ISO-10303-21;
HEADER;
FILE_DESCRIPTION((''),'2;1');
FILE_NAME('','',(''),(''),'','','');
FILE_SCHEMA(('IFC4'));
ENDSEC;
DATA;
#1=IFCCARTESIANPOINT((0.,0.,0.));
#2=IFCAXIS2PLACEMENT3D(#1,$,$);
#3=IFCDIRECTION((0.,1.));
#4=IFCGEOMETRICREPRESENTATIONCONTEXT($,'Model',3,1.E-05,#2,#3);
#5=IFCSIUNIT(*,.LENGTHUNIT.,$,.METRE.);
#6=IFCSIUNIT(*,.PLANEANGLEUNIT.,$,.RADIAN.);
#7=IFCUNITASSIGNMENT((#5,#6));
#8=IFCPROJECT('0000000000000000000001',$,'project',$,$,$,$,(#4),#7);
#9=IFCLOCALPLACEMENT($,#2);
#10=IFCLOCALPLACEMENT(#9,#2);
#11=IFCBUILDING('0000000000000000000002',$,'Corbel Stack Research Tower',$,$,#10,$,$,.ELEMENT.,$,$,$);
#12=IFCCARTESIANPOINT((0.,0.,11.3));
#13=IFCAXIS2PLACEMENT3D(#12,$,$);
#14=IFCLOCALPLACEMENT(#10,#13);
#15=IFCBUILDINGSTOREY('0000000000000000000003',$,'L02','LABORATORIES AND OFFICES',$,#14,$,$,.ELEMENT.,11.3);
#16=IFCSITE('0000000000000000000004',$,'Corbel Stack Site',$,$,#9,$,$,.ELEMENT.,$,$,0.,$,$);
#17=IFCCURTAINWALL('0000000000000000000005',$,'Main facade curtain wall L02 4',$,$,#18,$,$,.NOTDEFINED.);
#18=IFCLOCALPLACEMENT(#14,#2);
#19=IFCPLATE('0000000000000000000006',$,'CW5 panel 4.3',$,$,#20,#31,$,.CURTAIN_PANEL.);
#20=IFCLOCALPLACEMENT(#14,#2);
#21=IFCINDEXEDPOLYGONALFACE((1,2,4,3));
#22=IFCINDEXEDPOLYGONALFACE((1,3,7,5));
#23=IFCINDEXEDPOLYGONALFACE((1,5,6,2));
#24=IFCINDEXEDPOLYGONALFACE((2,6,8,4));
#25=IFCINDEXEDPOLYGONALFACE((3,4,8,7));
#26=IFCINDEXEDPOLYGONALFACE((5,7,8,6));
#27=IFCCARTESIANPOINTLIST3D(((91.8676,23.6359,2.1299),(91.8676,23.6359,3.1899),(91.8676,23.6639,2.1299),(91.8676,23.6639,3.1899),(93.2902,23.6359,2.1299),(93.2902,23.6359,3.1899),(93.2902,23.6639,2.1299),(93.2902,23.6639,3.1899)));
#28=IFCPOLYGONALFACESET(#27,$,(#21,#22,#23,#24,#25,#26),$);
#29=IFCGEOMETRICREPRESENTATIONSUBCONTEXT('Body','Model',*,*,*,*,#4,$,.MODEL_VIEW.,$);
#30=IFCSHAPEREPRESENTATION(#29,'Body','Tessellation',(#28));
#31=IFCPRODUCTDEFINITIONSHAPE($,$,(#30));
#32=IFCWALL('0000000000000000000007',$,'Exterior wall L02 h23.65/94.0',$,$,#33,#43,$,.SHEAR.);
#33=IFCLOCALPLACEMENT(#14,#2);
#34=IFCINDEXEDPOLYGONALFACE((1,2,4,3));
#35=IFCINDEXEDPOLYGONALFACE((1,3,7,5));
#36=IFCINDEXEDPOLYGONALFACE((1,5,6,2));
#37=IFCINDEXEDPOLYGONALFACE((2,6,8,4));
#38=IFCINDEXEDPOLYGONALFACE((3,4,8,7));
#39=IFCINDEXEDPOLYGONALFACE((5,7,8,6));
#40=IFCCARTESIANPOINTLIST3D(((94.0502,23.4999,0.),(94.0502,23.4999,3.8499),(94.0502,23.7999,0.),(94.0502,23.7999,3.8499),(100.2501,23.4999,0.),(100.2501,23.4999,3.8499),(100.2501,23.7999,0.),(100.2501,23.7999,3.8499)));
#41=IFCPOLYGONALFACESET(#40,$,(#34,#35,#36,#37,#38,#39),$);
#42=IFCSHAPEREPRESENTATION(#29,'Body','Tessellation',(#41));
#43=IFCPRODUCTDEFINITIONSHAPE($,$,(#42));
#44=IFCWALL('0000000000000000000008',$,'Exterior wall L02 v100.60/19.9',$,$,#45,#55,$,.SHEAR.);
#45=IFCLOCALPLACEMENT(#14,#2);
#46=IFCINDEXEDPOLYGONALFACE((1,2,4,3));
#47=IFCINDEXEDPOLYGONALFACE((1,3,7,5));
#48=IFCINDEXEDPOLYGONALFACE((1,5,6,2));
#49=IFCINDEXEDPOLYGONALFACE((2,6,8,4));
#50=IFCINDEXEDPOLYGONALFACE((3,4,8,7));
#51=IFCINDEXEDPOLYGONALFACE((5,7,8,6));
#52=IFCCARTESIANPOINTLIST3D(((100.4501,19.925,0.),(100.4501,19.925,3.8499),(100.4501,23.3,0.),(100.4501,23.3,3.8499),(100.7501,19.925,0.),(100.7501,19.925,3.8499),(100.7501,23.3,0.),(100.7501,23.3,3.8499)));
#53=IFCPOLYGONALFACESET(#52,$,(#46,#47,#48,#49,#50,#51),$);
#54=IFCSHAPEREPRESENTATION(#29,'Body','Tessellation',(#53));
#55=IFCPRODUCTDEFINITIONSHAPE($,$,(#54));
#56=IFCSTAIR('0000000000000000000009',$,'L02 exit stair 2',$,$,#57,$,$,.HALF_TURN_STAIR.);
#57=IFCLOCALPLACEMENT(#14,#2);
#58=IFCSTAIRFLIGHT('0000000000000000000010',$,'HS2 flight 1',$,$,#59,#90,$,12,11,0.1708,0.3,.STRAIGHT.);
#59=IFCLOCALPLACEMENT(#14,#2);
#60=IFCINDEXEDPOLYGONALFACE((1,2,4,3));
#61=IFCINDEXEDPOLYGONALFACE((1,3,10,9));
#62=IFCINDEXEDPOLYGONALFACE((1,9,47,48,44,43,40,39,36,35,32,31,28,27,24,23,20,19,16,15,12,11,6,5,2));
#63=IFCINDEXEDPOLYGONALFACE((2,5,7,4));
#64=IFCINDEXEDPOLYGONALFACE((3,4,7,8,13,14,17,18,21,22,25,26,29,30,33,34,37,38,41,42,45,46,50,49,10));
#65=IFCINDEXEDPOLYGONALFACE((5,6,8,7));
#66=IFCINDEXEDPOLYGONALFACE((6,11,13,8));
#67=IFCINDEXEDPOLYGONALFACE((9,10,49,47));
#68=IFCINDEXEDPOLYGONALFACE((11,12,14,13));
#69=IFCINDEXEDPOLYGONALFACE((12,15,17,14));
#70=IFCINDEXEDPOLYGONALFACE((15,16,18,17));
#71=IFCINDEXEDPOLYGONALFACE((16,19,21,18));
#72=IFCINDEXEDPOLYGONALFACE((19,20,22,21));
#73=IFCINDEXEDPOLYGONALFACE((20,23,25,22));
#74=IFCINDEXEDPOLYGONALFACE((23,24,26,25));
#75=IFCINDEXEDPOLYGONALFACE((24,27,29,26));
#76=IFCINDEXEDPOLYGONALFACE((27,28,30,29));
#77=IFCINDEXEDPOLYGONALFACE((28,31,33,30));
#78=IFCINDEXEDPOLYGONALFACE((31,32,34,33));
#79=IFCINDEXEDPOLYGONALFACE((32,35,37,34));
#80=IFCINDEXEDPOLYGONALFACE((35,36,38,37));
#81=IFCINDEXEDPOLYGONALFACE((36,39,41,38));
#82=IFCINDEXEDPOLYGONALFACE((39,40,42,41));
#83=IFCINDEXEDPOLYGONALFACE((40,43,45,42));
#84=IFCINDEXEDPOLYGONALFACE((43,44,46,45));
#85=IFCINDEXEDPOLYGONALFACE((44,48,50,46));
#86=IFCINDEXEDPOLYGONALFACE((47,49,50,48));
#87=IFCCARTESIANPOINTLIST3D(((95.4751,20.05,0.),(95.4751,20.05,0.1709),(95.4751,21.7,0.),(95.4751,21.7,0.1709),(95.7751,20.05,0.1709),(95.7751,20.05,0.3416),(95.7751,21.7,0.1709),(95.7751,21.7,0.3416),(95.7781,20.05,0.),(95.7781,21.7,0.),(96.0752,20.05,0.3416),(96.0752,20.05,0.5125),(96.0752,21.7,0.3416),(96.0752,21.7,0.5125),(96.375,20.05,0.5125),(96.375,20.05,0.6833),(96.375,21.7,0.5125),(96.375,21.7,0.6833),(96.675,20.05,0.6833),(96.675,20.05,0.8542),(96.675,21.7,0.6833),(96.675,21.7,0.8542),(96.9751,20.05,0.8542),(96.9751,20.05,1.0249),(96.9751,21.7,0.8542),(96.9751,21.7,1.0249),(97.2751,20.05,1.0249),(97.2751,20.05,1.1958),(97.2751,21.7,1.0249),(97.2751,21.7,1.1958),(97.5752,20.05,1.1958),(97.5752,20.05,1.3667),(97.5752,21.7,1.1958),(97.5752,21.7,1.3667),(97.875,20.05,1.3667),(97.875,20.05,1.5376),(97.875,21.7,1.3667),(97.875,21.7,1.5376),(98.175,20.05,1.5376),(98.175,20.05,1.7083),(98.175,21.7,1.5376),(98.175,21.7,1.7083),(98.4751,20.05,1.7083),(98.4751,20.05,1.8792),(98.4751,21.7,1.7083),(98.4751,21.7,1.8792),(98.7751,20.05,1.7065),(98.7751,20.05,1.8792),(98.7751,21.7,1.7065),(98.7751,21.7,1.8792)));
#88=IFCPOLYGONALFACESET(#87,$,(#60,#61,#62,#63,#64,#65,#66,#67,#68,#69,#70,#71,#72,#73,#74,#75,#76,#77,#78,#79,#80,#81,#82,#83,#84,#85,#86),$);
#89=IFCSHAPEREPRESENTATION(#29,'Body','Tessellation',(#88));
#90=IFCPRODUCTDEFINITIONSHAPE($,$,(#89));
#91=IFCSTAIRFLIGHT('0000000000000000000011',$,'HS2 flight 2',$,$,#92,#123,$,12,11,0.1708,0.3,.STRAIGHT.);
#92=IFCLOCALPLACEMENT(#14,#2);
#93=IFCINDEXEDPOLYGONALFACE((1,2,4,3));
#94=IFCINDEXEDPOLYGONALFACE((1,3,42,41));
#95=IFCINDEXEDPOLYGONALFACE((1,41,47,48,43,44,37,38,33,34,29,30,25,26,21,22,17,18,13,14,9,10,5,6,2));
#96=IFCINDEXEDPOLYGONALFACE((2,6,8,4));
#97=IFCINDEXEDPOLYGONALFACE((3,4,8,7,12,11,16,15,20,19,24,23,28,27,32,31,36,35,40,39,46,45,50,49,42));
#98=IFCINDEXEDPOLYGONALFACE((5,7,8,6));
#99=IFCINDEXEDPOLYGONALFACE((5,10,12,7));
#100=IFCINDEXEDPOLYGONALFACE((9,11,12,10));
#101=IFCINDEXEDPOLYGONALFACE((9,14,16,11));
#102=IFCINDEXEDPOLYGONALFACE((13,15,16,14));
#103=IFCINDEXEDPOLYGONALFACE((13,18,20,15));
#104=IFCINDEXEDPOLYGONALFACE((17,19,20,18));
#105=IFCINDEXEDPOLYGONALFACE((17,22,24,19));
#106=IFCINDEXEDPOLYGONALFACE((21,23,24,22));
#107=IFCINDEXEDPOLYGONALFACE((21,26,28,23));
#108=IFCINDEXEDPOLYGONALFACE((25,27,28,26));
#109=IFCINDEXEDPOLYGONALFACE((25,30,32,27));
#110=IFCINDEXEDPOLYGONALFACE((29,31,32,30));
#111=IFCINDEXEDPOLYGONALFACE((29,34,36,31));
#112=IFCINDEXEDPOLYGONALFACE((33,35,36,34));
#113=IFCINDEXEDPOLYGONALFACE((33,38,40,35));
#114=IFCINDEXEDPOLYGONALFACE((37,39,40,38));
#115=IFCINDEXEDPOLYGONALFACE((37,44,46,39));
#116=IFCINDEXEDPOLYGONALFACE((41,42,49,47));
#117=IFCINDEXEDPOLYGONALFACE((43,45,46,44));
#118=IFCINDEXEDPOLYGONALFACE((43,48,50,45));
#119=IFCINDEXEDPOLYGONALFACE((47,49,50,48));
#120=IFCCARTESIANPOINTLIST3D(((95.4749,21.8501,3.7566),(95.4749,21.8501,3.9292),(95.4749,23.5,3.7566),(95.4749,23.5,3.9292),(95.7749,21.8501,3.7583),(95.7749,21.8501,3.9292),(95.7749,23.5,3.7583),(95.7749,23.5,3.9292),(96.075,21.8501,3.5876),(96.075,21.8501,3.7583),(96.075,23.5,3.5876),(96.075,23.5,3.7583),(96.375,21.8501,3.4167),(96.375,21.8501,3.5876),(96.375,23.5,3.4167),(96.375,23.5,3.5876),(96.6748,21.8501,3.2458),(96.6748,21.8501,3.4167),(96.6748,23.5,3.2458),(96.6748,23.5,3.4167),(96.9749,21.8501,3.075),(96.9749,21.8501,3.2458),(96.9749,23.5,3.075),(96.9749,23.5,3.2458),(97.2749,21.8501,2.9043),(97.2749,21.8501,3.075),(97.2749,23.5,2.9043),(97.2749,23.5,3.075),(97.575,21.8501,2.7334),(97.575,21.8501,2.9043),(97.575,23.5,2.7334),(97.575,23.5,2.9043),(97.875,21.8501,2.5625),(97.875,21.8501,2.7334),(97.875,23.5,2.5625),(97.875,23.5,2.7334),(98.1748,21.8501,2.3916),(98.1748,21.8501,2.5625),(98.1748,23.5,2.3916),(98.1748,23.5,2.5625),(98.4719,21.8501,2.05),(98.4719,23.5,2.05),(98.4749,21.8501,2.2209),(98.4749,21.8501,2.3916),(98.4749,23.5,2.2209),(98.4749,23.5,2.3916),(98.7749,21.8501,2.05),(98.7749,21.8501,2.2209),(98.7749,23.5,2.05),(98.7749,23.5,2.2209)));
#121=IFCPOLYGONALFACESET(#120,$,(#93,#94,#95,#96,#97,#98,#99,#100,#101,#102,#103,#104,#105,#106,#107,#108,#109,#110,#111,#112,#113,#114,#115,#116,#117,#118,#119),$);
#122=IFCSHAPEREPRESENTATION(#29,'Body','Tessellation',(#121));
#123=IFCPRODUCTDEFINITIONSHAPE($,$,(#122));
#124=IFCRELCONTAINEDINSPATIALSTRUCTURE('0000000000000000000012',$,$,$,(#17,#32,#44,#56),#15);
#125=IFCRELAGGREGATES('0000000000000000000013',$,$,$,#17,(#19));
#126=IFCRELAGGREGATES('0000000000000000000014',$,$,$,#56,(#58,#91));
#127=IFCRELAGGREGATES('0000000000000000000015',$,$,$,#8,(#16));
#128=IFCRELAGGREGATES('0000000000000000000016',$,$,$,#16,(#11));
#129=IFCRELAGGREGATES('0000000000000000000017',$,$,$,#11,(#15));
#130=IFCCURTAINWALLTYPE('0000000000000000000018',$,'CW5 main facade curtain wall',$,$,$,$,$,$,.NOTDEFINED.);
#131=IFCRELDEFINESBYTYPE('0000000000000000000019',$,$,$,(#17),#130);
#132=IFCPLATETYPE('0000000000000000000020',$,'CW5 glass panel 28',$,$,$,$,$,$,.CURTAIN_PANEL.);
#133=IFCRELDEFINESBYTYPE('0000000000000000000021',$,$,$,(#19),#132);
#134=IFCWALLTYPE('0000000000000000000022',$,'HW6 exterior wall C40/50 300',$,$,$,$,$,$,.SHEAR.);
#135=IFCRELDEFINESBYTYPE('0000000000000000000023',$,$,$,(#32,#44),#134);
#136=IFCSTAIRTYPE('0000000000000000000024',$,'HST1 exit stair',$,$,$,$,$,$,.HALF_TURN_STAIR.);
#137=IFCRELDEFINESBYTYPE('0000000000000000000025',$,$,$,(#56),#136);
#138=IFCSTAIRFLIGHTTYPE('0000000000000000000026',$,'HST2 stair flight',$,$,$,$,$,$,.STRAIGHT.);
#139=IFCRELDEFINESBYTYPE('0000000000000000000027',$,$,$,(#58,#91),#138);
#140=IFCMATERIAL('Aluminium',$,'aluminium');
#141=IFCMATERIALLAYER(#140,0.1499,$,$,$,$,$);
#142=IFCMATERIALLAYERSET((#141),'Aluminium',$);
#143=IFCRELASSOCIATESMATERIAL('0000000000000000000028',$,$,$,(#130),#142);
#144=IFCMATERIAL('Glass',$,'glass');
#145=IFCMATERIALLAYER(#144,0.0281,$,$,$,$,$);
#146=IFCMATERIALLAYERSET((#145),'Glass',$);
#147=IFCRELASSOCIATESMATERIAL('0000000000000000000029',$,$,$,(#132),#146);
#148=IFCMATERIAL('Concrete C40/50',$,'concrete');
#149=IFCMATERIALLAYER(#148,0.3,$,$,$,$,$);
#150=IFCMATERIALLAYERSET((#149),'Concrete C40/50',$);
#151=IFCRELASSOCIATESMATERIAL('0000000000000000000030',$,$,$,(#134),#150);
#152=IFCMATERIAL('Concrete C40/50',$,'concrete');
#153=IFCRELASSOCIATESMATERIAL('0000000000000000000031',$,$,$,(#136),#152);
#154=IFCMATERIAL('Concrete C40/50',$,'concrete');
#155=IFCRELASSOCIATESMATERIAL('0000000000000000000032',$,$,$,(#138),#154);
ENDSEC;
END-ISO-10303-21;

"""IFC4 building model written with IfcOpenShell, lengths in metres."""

from ifc_helpers import new_model, si_unit, direction, frame, frame_2d, origin, origin_2d, place, context, subcontext, project, spatial, polyline, rectangle, outline, extrude, material, layer, layer_set, type_object, element, aggregate, save


model = new_model("IFC4")

# Units and contexts
model_context = context("Model", 3, precision=1e-05, world=origin(), true_north=direction((0.0, 1.0)))
body_context = subcontext(model_context, "Body", "Model", "MODEL_VIEW")
ifc_project = project(units=[si_unit("LENGTHUNIT", "METRE"), si_unit("PLANEANGLEUNIT", "RADIAN")], contexts=[model_context])

# Site, building, storey
site_placement = place(None, origin())
site = spatial("IfcSite", under=ifc_project, at=site_placement, Name="Corbel Stack Site", CompositionType="ELEMENT", RefElevation=0.0)
building_placement = place(site_placement, origin())
building = spatial("IfcBuilding", under=site, at=building_placement, Name="Corbel Stack Research Tower", CompositionType="ELEMENT")
storey_placement = place(building_placement, frame((0.0, 0.0, 11.3)))
storey = spatial("IfcBuildingStorey", under=building, at=storey_placement, Name="L02", Description="LABORATORIES AND OFFICES", CompositionType="ELEMENT", Elevation=11.3)

# Curtain wall, plate
ifc_material_1 = material(Name="Aluminium", Category="aluminium")
ifc_layer_1 = layer(ifc_material_1, 0.1499)
ifc_layer_set_1 = layer_set([ifc_layer_1], Name="Aluminium")
curtain_wall_type = type_object("IfcCurtainWallType", Name="CW5 main facade curtain wall", PredefinedType="NOTDEFINED", material=ifc_layer_set_1)
curtain_wall_placement = place(storey_placement, origin())
curtain_wall = element("IfcCurtainWall", 1, at=curtain_wall_placement, inside=storey, type_object=curtain_wall_type, Name="Main facade curtain wall L02 4", PredefinedType="NOTDEFINED")
ifc_material_2 = material(Name="Glass", Category="glass")
ifc_layer_2 = layer(ifc_material_2, 0.0281)
ifc_layer_set_2 = layer_set([ifc_layer_2], Name="Glass")
plate_type = type_object("IfcPlateType", Name="CW5 glass panel 28", PredefinedType="CURTAIN_PANEL", material=ifc_layer_set_2)
plate_1_placement = place(storey_placement, frame((92.5789, 23.6499, 2.1299), z_axis=(0.0, 0.0, 1.0), x_axis=(1.0, 0.0, 0.0)))
plate_1 = element("IfcPlate", 2, at=plate_1_placement, type_object=plate_type, Name="CW5 panel 4.3", PredefinedType="CURTAIN_PANEL", context=body_context, shape_type="SweptSolid", body=[
    extrude(rectangle(XDim=1.4226, YDim=0.0281, at=origin_2d()), origin(), (0.0, 0.0, 1.0), 1.0601),
])
aggregate(curtain_wall, [plate_1])

# Walls
ifc_material_3 = material(Name="Concrete C40/50", Category="concrete")
ifc_layer_3 = layer(ifc_material_3, 0.3)
ifc_layer_set_3 = layer_set([ifc_layer_3], Name="Concrete C40/50")
wall_type = type_object("IfcWallType", Name="HW6 exterior wall C40/50 300", PredefinedType="SHEAR", material=ifc_layer_set_3)
wall_1_placement = place(storey_placement, frame((94.05, 23.6499, 0.0), z_axis=(0.0, 0.0, 1.0), x_axis=(1.0, 0.0, 0.0)))
element("IfcWall", 3, at=wall_1_placement, inside=storey, type_object=wall_type, Name="Exterior wall L02 h23.65/94.0", PredefinedType="SHEAR", context=body_context, shape_type="SweptSolid", body=[
    extrude(rectangle(XDim=6.2, YDim=0.3, at=frame_2d((3.1001, 0.0))), origin(), (0.0, 0.0, 1.0), 3.8499),
])
wall_2_placement = place(storey_placement, frame((100.6001, 19.925, 0.0), z_axis=(0.0, 0.0, 1.0), x_axis=(0.0, 1.0, 0.0)))
element("IfcWall", 4, at=wall_2_placement, inside=storey, type_object=wall_type, Name="Exterior wall L02 v100.60/19.9", PredefinedType="SHEAR", context=body_context, shape_type="SweptSolid", body=[
    extrude(rectangle(XDim=3.375, YDim=0.3, at=frame_2d((1.6875, 0.0))), origin(), (0.0, 0.0, 1.0), 3.8499),
])

# Stair, stair flights
ifc_material_4 = material(Name="Concrete C40/50", Category="concrete")
stair_type = type_object("IfcStairType", Name="HST1 exit stair", PredefinedType="HALF_TURN_STAIR", material=ifc_material_4)
stair_placement = place(storey_placement, origin())
stair = element("IfcStair", 5, at=stair_placement, inside=storey, type_object=stair_type, Name="L02 exit stair 2", PredefinedType="HALF_TURN_STAIR")
ifc_material_5 = material(Name="Concrete C40/50", Category="concrete")
stair_flight_type = type_object("IfcStairFlightType", Name="HST2 stair flight", PredefinedType="STRAIGHT", material=ifc_material_5)
stair_flight_1_placement = place(storey_placement, frame((95.4751, 20.875, 0.0), z_axis=(0.0, 0.0, 1.0), x_axis=(1.0, 0.0, 0.0)))
stair_flight_1 = element("IfcStairFlight", 6, at=stair_flight_1_placement, type_object=stair_flight_type, Name="HS2 flight 1", NumberOfRisers=12, NumberOfTreads=11, PredefinedType="STRAIGHT", RiserHeight=0.1708, TreadLength=0.3, context=body_context, shape_type="SweptSolid", body=[
    extrude(outline(polyline([(0.0, 0.0), (0.0, 0.1709), (0.3, 0.1709), (0.3, 0.3416), (0.6001, 0.3416), (0.6001, 0.5125), (0.8999, 0.5125), (0.8999, 0.6833), (1.2, 0.6833), (1.2, 0.8542), (1.5, 0.8542), (1.5, 1.0249), (1.8, 1.0249), (1.8, 1.1958), (2.1001, 1.1958), (2.1001, 1.3667), (2.3999, 1.3667), (2.3999, 1.5376), (2.7, 1.5376), (2.7, 1.7083), (3.0, 1.7083), (3.0, 1.8792), (3.3, 1.8792), (3.3, 2.05), (3.3, 1.7065), (0.303, 0.0), (0.0, 0.0)])), frame((0.0, 0.825, 0.0), z_axis=(0.0, -1.0, 0.0), x_axis=(1.0, 0.0, 0.0)), (0.0, 0.0, 1.0), 1.6499),
])
stair_flight_2_placement = place(storey_placement, frame((98.7749, 22.675, 2.05), z_axis=(0.0, 0.0, 1.0), x_axis=(-1.0, 0.0, 0.0)))
stair_flight_2 = element("IfcStairFlight", 7, at=stair_flight_2_placement, type_object=stair_flight_type, Name="HS2 flight 2", NumberOfRisers=12, NumberOfTreads=11, PredefinedType="STRAIGHT", RiserHeight=0.1708, TreadLength=0.3, context=body_context, shape_type="SweptSolid", body=[
    extrude(outline(polyline([(0.0, 0.0), (0.0, 0.1709), (0.3, 0.1709), (0.3, 0.3416), (0.6001, 0.3416), (0.6001, 0.5125), (0.8999, 0.5125), (0.8999, 0.6833), (1.2, 0.6833), (1.2, 0.8542), (1.5, 0.8542), (1.5, 1.0249), (1.8, 1.0249), (1.8, 1.1958), (2.1001, 1.1958), (2.1001, 1.3667), (2.3999, 1.3667), (2.3999, 1.5376), (2.7, 1.5376), (2.7, 1.7083), (3.0, 1.7083), (3.0, 1.8792), (3.3, 1.8792), (3.3, 2.05), (3.3, 1.7065), (0.303, 0.0), (0.0, 0.0)])), frame((0.0, 0.825, 0.0), z_axis=(0.0, -1.0, 0.0), x_axis=(1.0, 0.0, 0.0)), (0.0, 0.0, 1.0), 1.6499),
])
aggregate(stair, [stair_flight_1, stair_flight_2])

save(model, "model.ifc")
